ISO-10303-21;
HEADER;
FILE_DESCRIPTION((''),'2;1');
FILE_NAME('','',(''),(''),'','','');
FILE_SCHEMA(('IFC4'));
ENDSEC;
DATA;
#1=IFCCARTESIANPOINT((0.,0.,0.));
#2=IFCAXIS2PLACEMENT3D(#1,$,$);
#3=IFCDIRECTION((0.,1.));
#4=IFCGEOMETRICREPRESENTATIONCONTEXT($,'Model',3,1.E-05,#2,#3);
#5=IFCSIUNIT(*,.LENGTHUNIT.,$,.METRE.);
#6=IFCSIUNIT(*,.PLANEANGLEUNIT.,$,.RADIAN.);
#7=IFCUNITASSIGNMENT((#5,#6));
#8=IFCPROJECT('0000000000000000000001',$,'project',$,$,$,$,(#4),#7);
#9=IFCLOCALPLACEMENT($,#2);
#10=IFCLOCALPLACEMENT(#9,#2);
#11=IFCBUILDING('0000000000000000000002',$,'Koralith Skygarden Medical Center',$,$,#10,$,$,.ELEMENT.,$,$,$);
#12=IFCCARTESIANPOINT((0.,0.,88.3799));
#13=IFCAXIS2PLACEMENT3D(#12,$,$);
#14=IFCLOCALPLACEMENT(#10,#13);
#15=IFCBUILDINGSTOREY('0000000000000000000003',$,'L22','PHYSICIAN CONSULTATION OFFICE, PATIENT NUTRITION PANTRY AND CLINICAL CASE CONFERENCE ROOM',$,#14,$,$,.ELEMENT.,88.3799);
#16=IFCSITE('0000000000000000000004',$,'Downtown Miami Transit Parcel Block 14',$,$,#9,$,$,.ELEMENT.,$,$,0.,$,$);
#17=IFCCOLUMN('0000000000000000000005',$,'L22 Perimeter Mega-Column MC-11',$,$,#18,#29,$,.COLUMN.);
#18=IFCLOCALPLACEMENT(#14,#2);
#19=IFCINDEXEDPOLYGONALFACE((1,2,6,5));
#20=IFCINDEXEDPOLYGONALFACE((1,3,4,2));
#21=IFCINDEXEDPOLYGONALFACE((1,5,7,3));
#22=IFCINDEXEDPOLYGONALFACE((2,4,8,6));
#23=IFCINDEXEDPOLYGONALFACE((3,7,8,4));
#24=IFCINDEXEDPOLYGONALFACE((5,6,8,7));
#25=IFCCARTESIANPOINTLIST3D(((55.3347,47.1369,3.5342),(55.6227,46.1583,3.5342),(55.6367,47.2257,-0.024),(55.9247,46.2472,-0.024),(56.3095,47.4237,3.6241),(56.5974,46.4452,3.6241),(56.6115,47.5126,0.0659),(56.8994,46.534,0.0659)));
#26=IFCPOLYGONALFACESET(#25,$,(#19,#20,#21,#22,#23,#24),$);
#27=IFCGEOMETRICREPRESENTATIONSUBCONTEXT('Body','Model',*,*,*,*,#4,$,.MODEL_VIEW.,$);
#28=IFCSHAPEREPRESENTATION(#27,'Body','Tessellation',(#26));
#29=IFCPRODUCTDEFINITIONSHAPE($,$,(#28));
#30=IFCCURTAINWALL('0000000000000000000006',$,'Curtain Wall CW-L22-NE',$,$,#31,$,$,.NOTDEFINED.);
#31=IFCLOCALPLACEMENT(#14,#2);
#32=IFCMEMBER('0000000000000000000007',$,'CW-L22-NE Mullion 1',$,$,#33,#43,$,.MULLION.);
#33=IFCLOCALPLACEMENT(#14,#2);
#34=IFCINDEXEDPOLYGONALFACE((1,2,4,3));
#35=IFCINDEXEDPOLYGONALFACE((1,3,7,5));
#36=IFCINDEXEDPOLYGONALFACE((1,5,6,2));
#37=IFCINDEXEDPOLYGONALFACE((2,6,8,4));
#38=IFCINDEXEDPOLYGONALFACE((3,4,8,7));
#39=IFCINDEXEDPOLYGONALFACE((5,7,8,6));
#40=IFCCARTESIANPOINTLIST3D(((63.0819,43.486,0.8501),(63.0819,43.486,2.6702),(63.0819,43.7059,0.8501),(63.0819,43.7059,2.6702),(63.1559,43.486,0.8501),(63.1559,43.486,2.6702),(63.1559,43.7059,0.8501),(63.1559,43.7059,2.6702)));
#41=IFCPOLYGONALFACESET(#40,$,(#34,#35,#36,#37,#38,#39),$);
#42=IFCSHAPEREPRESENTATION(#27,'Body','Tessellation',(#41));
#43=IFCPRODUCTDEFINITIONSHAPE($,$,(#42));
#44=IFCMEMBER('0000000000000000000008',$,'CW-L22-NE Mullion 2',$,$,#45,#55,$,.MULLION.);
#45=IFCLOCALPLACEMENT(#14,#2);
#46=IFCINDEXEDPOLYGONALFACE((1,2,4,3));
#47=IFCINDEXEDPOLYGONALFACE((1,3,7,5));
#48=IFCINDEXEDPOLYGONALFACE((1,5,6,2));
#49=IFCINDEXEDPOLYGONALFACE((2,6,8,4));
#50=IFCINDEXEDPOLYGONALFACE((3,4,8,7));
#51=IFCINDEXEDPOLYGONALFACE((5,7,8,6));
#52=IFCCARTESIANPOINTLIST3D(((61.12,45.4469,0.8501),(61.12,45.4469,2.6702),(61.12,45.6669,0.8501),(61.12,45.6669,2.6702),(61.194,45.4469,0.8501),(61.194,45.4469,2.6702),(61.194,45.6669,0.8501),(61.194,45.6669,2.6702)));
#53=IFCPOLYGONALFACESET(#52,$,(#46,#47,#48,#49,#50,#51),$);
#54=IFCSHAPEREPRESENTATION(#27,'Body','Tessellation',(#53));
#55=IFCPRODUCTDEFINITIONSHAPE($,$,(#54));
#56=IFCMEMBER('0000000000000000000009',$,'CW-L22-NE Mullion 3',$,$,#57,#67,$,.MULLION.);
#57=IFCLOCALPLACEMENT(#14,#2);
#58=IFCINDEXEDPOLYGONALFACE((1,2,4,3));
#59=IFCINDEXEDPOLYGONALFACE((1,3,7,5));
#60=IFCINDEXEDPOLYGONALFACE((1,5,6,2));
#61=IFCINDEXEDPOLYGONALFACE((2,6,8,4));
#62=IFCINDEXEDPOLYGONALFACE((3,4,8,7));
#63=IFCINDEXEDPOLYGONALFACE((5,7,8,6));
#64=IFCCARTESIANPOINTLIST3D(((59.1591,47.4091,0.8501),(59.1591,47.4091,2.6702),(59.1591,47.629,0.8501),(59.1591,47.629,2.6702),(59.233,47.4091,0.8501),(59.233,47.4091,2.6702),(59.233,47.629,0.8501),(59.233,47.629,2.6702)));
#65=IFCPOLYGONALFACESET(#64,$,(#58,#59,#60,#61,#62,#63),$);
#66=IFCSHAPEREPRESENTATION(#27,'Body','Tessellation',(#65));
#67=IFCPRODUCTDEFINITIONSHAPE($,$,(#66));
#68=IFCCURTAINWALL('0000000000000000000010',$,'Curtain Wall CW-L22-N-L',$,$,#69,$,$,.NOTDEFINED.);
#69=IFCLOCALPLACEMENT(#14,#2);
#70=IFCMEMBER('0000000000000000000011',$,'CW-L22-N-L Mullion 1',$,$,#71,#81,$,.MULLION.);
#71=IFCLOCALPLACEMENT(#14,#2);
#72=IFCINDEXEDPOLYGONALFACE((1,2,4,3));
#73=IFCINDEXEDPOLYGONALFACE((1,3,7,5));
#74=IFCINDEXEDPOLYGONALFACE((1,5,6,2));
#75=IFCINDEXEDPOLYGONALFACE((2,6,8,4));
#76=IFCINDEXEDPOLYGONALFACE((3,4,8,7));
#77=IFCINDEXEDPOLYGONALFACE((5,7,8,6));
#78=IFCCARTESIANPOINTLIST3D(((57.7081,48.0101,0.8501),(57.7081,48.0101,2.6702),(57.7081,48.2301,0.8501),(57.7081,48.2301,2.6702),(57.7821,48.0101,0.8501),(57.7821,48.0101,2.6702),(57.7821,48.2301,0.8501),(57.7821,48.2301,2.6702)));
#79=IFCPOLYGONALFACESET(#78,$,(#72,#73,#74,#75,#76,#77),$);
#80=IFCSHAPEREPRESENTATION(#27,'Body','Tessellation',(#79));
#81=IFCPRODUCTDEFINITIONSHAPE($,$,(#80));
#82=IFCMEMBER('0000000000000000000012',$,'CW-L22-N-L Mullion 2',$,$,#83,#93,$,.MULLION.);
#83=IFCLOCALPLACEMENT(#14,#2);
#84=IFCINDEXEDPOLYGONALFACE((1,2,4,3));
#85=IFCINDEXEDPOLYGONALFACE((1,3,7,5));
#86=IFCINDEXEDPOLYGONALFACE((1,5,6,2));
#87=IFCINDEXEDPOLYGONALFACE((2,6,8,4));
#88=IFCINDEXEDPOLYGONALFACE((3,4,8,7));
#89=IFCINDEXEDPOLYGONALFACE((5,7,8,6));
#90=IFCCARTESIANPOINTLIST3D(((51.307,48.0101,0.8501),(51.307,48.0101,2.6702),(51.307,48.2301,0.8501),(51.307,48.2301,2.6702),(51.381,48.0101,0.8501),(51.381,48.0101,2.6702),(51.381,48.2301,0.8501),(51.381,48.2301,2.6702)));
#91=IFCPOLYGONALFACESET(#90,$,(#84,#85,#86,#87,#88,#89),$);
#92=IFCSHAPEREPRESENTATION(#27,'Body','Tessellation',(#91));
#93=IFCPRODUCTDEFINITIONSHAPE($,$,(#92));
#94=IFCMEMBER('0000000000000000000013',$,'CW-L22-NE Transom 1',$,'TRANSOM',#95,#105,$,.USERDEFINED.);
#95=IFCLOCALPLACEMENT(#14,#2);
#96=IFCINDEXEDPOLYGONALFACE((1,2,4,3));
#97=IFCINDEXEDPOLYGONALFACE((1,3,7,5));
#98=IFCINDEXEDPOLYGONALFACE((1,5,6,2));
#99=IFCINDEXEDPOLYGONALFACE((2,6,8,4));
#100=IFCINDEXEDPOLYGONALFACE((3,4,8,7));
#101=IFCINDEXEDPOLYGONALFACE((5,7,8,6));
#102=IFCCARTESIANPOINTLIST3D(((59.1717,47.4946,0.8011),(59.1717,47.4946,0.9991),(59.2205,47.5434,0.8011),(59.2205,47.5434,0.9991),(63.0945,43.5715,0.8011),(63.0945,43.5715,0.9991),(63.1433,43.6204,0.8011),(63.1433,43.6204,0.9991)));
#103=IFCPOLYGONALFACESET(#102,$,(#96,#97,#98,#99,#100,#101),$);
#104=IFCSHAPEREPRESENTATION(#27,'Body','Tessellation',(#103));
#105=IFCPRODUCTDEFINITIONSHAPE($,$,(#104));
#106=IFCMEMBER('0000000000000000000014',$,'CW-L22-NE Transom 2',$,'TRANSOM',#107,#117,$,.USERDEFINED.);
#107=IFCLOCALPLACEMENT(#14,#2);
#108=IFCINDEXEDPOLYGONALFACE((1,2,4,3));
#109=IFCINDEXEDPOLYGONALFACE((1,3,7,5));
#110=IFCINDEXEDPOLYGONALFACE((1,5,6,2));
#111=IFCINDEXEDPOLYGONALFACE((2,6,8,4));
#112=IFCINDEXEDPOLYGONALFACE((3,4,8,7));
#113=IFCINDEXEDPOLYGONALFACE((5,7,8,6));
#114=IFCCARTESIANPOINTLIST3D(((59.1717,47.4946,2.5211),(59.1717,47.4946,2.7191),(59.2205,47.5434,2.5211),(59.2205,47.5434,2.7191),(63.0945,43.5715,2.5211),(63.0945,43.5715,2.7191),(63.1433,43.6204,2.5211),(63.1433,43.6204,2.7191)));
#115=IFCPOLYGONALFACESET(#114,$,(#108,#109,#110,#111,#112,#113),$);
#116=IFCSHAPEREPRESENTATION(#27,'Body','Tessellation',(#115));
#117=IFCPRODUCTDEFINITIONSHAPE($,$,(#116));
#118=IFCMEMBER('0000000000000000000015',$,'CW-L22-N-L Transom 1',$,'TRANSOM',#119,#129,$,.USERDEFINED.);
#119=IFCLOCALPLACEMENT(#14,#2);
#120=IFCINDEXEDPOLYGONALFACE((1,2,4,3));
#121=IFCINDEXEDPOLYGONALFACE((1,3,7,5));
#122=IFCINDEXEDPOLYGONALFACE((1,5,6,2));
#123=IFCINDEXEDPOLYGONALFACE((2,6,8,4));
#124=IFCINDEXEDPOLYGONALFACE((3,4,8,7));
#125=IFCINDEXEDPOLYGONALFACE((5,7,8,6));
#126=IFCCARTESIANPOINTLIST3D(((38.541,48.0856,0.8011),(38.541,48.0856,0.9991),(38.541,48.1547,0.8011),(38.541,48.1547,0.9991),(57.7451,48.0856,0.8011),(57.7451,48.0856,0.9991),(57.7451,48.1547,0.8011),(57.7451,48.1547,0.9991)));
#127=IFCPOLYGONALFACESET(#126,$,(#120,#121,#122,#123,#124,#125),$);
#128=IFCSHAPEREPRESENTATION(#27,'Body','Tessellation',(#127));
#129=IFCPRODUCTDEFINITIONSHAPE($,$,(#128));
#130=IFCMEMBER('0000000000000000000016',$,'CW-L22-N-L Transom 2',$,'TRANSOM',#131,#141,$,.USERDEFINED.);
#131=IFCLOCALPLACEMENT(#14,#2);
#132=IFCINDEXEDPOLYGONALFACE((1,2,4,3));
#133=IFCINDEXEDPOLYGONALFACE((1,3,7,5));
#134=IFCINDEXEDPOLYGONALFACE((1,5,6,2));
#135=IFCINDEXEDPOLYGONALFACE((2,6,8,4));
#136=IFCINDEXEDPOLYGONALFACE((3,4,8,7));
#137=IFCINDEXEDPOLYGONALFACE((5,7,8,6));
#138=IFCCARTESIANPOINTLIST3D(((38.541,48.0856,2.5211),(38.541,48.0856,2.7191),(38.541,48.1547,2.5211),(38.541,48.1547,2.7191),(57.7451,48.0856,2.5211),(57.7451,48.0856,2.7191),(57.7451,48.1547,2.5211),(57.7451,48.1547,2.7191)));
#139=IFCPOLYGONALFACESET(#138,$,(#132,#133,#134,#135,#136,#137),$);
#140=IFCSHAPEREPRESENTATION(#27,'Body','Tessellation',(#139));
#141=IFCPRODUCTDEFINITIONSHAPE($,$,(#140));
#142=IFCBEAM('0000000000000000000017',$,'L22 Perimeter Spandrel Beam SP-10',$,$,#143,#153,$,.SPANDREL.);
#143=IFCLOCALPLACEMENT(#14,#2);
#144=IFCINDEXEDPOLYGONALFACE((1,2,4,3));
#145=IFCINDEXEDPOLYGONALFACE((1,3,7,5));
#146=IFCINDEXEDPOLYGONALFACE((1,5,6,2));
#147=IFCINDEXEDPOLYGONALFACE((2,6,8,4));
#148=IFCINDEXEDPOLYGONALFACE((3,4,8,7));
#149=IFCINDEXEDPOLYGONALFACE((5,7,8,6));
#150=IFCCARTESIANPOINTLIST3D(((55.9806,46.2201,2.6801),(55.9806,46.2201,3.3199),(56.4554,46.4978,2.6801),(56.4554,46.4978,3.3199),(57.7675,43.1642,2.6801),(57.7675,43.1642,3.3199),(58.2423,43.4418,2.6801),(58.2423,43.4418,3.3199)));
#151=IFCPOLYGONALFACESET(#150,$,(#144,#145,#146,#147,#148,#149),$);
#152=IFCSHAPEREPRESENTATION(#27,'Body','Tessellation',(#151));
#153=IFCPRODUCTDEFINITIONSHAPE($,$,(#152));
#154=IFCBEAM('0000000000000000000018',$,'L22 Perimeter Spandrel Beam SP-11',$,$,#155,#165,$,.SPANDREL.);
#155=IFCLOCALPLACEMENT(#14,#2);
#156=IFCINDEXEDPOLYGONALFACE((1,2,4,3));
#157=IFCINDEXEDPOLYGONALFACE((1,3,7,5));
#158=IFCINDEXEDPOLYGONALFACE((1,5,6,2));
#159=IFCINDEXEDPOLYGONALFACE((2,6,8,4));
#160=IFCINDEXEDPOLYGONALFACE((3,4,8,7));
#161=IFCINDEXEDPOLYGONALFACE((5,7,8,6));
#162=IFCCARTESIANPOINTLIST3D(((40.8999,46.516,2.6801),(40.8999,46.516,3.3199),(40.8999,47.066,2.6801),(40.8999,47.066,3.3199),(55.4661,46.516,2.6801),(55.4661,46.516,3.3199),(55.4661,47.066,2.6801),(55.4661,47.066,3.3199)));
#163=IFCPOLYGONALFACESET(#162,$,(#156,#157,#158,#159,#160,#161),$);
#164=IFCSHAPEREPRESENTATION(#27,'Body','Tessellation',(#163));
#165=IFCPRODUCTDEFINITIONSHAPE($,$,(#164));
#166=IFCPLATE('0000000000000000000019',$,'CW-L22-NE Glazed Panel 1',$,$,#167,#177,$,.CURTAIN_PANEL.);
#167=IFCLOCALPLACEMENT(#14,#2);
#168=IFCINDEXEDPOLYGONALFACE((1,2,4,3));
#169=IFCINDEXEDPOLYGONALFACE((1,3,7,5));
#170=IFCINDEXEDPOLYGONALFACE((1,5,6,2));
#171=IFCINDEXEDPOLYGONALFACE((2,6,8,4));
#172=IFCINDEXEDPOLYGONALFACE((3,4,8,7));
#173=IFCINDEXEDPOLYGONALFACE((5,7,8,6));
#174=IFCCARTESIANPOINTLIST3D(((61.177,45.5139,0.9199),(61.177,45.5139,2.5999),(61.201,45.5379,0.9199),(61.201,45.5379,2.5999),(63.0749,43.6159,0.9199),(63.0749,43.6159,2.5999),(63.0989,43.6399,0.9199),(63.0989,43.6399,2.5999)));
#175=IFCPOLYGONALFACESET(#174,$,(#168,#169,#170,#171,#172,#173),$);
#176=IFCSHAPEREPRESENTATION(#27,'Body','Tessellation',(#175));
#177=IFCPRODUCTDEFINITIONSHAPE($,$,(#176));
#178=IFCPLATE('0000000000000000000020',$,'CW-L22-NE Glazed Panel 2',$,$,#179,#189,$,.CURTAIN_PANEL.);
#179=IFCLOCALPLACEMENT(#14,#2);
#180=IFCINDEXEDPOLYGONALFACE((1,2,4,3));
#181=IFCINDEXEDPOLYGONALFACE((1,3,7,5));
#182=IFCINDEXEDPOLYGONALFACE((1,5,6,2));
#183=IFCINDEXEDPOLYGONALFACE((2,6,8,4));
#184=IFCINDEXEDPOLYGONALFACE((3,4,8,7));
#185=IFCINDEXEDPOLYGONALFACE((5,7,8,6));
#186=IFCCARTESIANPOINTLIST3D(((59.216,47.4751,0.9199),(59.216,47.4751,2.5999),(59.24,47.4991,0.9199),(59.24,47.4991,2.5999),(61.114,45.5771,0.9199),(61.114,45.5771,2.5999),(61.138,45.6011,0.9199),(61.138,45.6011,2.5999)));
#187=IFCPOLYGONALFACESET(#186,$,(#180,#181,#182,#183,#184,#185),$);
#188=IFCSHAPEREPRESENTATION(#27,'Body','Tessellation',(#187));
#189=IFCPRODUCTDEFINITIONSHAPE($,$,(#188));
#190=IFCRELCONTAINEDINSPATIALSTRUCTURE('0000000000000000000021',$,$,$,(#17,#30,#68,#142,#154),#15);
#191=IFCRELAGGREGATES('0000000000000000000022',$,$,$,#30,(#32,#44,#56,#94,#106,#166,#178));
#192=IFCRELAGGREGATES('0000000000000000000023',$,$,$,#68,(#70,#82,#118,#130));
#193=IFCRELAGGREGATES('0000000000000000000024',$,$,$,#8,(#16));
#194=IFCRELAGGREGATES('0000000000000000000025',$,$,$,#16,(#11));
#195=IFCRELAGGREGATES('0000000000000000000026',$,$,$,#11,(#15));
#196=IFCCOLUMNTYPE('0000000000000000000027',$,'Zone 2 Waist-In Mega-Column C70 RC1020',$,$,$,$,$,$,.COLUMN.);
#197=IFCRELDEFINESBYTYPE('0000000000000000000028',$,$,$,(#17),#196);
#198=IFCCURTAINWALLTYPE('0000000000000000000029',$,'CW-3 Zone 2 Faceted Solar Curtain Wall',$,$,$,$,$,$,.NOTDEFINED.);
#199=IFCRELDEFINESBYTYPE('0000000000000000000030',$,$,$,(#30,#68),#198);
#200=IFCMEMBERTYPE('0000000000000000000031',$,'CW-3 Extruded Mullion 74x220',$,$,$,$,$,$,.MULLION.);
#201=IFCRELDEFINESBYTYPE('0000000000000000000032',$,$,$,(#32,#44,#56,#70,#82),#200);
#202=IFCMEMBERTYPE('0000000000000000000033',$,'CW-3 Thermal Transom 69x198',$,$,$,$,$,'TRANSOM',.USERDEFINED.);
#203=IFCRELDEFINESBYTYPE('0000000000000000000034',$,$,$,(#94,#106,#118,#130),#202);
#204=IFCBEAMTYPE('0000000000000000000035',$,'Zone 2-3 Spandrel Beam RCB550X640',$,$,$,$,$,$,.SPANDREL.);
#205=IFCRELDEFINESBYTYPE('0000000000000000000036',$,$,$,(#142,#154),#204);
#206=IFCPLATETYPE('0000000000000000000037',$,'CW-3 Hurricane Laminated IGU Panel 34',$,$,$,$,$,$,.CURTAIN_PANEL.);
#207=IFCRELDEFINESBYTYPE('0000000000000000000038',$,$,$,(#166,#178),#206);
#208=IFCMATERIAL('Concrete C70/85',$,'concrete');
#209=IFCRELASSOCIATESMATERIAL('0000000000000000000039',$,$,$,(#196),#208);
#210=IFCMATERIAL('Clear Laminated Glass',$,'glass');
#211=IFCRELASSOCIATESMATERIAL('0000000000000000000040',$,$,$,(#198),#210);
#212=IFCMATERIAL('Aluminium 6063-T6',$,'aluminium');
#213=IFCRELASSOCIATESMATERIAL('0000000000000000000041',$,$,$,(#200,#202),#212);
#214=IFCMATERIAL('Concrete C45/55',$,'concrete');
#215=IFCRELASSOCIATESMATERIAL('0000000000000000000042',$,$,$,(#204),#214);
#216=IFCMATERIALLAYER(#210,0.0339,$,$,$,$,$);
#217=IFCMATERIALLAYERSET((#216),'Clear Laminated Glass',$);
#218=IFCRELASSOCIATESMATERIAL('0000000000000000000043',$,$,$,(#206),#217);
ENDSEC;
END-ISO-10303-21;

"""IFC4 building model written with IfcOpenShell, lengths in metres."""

from ifc_helpers import new_model, si_unit, direction, frame, origin, origin_2d, place, context, subcontext, project, spatial, rectangle, extrude, material, layer, layer_set, material_profile, profile_set, type_object, element, aggregate, save


model = new_model("IFC4")

# Units and contexts
model_context = context("Model", 3, precision=1e-05, world=origin(), true_north=direction((0.0, 1.0)))
body_context = subcontext(model_context, "Body", "Model", "MODEL_VIEW")
ifc_project = project(units=[si_unit("LENGTHUNIT", "METRE"), si_unit("PLANEANGLEUNIT", "RADIAN")], contexts=[model_context])

# Site, building, storey
site_placement = place(None, origin())
site = spatial("IfcSite", under=ifc_project, at=site_placement, Name="Downtown Miami Transit Parcel Block 14", CompositionType="ELEMENT", RefElevation=0.0)
building_placement = place(site_placement, origin())
building = spatial("IfcBuilding", under=site, at=building_placement, Name="Koralith Skygarden Medical Center", CompositionType="ELEMENT")
storey_placement = place(building_placement, frame((0.0, 0.0, 88.3799)))
storey = spatial("IfcBuildingStorey", under=building, at=storey_placement, Name="L22", Description="PHYSICIAN CONSULTATION OFFICE, PATIENT NUTRITION PANTRY AND CLINICAL CASE CONFERENCE ROOM", CompositionType="ELEMENT", Elevation=88.3799)

# Column
ifc_material_1 = material(Name="Concrete C70/85", Category="concrete")
ifc_material_profile_1 = material_profile(ifc_material_1, rectangle(XDim=1.02, YDim=1.02, at=origin_2d()), Name="RC1020X1020")
ifc_profile_set_1 = profile_set([ifc_material_profile_1], Name="Concrete C70/85")
column_type = type_object("IfcColumnType", Name="Zone 2 Waist-In Mega-Column C70 RC1020", PredefinedType="COLUMN", material=ifc_profile_set_1)
column_placement = place(storey_placement, frame((56.2681, 46.8799, 0.021), z_axis=(-0.084547, -0.024879, 0.996109), x_axis=(0.282292, -0.959328, 0.0)))
element("IfcColumn", 1, at=column_placement, inside=storey, type_object=column_type, Name="L22 Perimeter Mega-Column MC-11", PredefinedType="COLUMN", context=body_context, shape_type="SweptSolid", body=[
    extrude(rectangle(XDim=1.02, YDim=1.02, at=origin_2d()), origin(), (0.0, 0.0, 1.0), 3.572),
])

# Curtain walls, members
ifc_material_2 = material(Name="Clear Laminated Glass", Category="glass")
curtain_wall_type = type_object("IfcCurtainWallType", Name="CW-3 Zone 2 Faceted Solar Curtain Wall", PredefinedType="NOTDEFINED", material=ifc_material_2)
curtain_wall_1_placement = place(storey_placement, origin())
curtain_wall_1 = element("IfcCurtainWall", 2, at=curtain_wall_1_placement, inside=storey, type_object=curtain_wall_type, Name="Curtain Wall CW-L22-NE", PredefinedType="NOTDEFINED")
ifc_material_3 = material(Name="Aluminium 6063-T6", Category="aluminium")
ifc_material_profile_2 = material_profile(ifc_material_3, rectangle(XDim=0.074, YDim=0.22, at=origin_2d()), Name="MUL74X220")
ifc_profile_set_2 = profile_set([ifc_material_profile_2], Name="Aluminium 6063-T6")
member_type_1 = type_object("IfcMemberType", Name="CW-3 Extruded Mullion 74x220", PredefinedType="MULLION", material=ifc_profile_set_2)
member_1_placement = place(storey_placement, frame((63.1189, 43.5959, 0.8501), z_axis=(0.0, 0.0, 1.0), x_axis=(1.0, 0.0, 0.0)))
member_1 = element("IfcMember", 3, at=member_1_placement, type_object=member_type_1, Name="CW-L22-NE Mullion 1", PredefinedType="MULLION", context=body_context, shape_type="SweptSolid", body=[
    extrude(rectangle(XDim=0.074, YDim=0.22, at=origin_2d()), origin(), (0.0, 0.0, 1.0), 1.8201),
])
member_2_placement = place(storey_placement, frame((61.157, 45.5569, 0.8501), z_axis=(0.0, 0.0, 1.0), x_axis=(1.0, 0.0, 0.0)))
member_2 = element("IfcMember", 4, at=member_2_placement, type_object=member_type_1, Name="CW-L22-NE Mullion 2", PredefinedType="MULLION", context=body_context, shape_type="SweptSolid", body=[
    extrude(rectangle(XDim=0.074, YDim=0.22, at=origin_2d()), origin(), (0.0, 0.0, 1.0), 1.8201),
])
member_3_placement = place(storey_placement, frame((59.196, 47.519, 0.8501), z_axis=(0.0, 0.0, 1.0), x_axis=(1.0, 0.0, 0.0)))
member_3 = element("IfcMember", 5, at=member_3_placement, type_object=member_type_1, Name="CW-L22-NE Mullion 3", PredefinedType="MULLION", context=body_context, shape_type="SweptSolid", body=[
    extrude(rectangle(XDim=0.074, YDim=0.22, at=origin_2d()), origin(), (0.0, 0.0, 1.0), 1.8201),
])
curtain_wall_2_placement = place(storey_placement, origin())
curtain_wall_2 = element("IfcCurtainWall", 6, at=curtain_wall_2_placement, inside=storey, type_object=curtain_wall_type, Name="Curtain Wall CW-L22-N-L", PredefinedType="NOTDEFINED")
member_4_placement = place(storey_placement, frame((57.7451, 48.1201, 0.8501), z_axis=(0.0, 0.0, 1.0), x_axis=(1.0, 0.0, 0.0)))
member_4 = element("IfcMember", 7, at=member_4_placement, type_object=member_type_1, Name="CW-L22-N-L Mullion 1", PredefinedType="MULLION", context=body_context, shape_type="SweptSolid", body=[
    extrude(rectangle(XDim=0.074, YDim=0.22, at=origin_2d()), origin(), (0.0, 0.0, 1.0), 1.8201),
])
member_5_placement = place(storey_placement, frame((51.344, 48.1201, 0.8501), z_axis=(0.0, 0.0, 1.0), x_axis=(1.0, 0.0, 0.0)))
member_5 = element("IfcMember", 8, at=member_5_placement, type_object=member_type_1, Name="CW-L22-N-L Mullion 2", PredefinedType="MULLION", context=body_context, shape_type="SweptSolid", body=[
    extrude(rectangle(XDim=0.074, YDim=0.22, at=origin_2d()), origin(), (0.0, 0.0, 1.0), 1.8201),
])

# Members
ifc_material_profile_3 = material_profile(ifc_material_3, rectangle(XDim=0.0691, YDim=0.198, at=origin_2d()), Name="TRN69X198")
ifc_profile_set_3 = profile_set([ifc_material_profile_3], Name="Aluminium 6063-T6")
member_type_2 = type_object("IfcMemberType", Name="CW-3 Thermal Transom 69x198", ElementType="TRANSOM", PredefinedType="USERDEFINED", material=ifc_profile_set_3)
member_6_placement = place(storey_placement, frame((63.1189, 43.5959, 0.9001), z_axis=(-0.707085, 0.707129, 0.0), x_axis=(-0.707129, -0.707085, 0.0)))
member_6 = element("IfcMember", 9, at=member_6_placement, type_object=member_type_2, Name="CW-L22-NE Transom 1", ObjectType="TRANSOM", PredefinedType="USERDEFINED", context=body_context, shape_type="SweptSolid", body=[
    extrude(rectangle(XDim=0.0691, YDim=0.198, at=origin_2d()), origin(), (0.0, 0.0, 1.0), 5.5479),
])
member_7_placement = place(storey_placement, frame((63.1189, 43.5959, 2.6201), z_axis=(-0.707085, 0.707129, 0.0), x_axis=(-0.707129, -0.707085, 0.0)))
member_7 = element("IfcMember", 10, at=member_7_placement, type_object=member_type_2, Name="CW-L22-NE Transom 2", ObjectType="TRANSOM", PredefinedType="USERDEFINED", context=body_context, shape_type="SweptSolid", body=[
    extrude(rectangle(XDim=0.0691, YDim=0.198, at=origin_2d()), origin(), (0.0, 0.0, 1.0), 5.5479),
])
member_8_placement = place(storey_placement, frame((57.7451, 48.1201, 0.9001), z_axis=(-1.0, 0.0, 0.0), x_axis=(0.0, -1.0, 0.0)))
member_8 = element("IfcMember", 11, at=member_8_placement, type_object=member_type_2, Name="CW-L22-N-L Transom 1", ObjectType="TRANSOM", PredefinedType="USERDEFINED", context=body_context, shape_type="SweptSolid", body=[
    extrude(rectangle(XDim=0.0691, YDim=0.198, at=origin_2d()), origin(), (0.0, 0.0, 1.0), 19.2041),
])
member_9_placement = place(storey_placement, frame((57.7451, 48.1201, 2.6201), z_axis=(-1.0, 0.0, 0.0), x_axis=(0.0, -1.0, 0.0)))
member_9 = element("IfcMember", 12, at=member_9_placement, type_object=member_type_2, Name="CW-L22-N-L Transom 2", ObjectType="TRANSOM", PredefinedType="USERDEFINED", context=body_context, shape_type="SweptSolid", body=[
    extrude(rectangle(XDim=0.0691, YDim=0.198, at=origin_2d()), origin(), (0.0, 0.0, 1.0), 19.2041),
])

# Beams
ifc_material_4 = material(Name="Concrete C45/55", Category="concrete")
ifc_material_profile_4 = material_profile(ifc_material_4, rectangle(XDim=0.55, YDim=0.6399, at=origin_2d()), Name="RCB550X640")
ifc_profile_set_4 = profile_set([ifc_material_profile_4], Name="Concrete C45/55")
beam_type = type_object("IfcBeamType", Name="Zone 2-3 Spandrel Beam RCB550X640", PredefinedType="SPANDREL", material=ifc_profile_set_4)
beam_1_placement = place(storey_placement, frame((58.0049, 43.303, 3.0), z_axis=(-0.504767, 0.863256, 0.0), x_axis=(-0.863256, -0.504767, 0.0)))
element("IfcBeam", 13, at=beam_1_placement, inside=storey, type_object=beam_type, Name="L22 Perimeter Spandrel Beam SP-10", PredefinedType="SPANDREL", context=body_context, shape_type="SweptSolid", body=[
    extrude(rectangle(XDim=0.55, YDim=0.6399, at=origin_2d()), origin(), (0.0, 0.0, 1.0), 3.54),
])
beam_2_placement = place(storey_placement, frame((55.4661, 46.791, 3.0), z_axis=(-1.0, 0.0, 0.0), x_axis=(0.0, -1.0, 0.0)))
element("IfcBeam", 14, at=beam_2_placement, inside=storey, type_object=beam_type, Name="L22 Perimeter Spandrel Beam SP-11", PredefinedType="SPANDREL", context=body_context, shape_type="SweptSolid", body=[
    extrude(rectangle(XDim=0.55, YDim=0.6399, at=origin_2d()), origin(), (0.0, 0.0, 1.0), 14.5662),
])

# Plates
ifc_layer_1 = layer(ifc_material_2, 0.0339)
ifc_layer_set_1 = layer_set([ifc_layer_1], Name="Clear Laminated Glass")
plate_type_1 = type_object("IfcPlateType", Name="CW-3 Hurricane Laminated IGU Panel 34", PredefinedType="CURTAIN_PANEL", material=ifc_layer_set_1)
plate_1_placement = place(storey_placement, frame((62.1379, 44.5769, 0.9199), z_axis=(0.0, 0.0, 1.0), x_axis=(-0.707107, 0.707107, 0.0)))
plate_1 = element("IfcPlate", 15, at=plate_1_placement, type_object=plate_type_1, Name="CW-L22-NE Glazed Panel 1", PredefinedType="CURTAIN_PANEL", context=body_context, shape_type="SweptSolid", body=[
    extrude(rectangle(XDim=2.6841, YDim=0.0339, at=origin_2d()), origin(), (0.0, 0.0, 1.0), 1.6799),
])
plate_2_placement = place(storey_placement, frame((60.177, 46.5381, 0.9199), z_axis=(0.0, 0.0, 1.0), x_axis=(-0.707107, 0.707107, 0.0)))
plate_2 = element("IfcPlate", 16, at=plate_2_placement, type_object=plate_type_1, Name="CW-L22-NE Glazed Panel 2", PredefinedType="CURTAIN_PANEL", context=body_context, shape_type="SweptSolid", body=[
    extrude(rectangle(XDim=2.6841, YDim=0.0339, at=origin_2d()), origin(), (0.0, 0.0, 1.0), 1.6799),
])
aggregate(curtain_wall_1, [member_1, member_2, member_3, member_6, member_7, plate_1, plate_2])
aggregate(curtain_wall_2, [member_4, member_5, member_8, member_9])

save(model, "model.ifc")
